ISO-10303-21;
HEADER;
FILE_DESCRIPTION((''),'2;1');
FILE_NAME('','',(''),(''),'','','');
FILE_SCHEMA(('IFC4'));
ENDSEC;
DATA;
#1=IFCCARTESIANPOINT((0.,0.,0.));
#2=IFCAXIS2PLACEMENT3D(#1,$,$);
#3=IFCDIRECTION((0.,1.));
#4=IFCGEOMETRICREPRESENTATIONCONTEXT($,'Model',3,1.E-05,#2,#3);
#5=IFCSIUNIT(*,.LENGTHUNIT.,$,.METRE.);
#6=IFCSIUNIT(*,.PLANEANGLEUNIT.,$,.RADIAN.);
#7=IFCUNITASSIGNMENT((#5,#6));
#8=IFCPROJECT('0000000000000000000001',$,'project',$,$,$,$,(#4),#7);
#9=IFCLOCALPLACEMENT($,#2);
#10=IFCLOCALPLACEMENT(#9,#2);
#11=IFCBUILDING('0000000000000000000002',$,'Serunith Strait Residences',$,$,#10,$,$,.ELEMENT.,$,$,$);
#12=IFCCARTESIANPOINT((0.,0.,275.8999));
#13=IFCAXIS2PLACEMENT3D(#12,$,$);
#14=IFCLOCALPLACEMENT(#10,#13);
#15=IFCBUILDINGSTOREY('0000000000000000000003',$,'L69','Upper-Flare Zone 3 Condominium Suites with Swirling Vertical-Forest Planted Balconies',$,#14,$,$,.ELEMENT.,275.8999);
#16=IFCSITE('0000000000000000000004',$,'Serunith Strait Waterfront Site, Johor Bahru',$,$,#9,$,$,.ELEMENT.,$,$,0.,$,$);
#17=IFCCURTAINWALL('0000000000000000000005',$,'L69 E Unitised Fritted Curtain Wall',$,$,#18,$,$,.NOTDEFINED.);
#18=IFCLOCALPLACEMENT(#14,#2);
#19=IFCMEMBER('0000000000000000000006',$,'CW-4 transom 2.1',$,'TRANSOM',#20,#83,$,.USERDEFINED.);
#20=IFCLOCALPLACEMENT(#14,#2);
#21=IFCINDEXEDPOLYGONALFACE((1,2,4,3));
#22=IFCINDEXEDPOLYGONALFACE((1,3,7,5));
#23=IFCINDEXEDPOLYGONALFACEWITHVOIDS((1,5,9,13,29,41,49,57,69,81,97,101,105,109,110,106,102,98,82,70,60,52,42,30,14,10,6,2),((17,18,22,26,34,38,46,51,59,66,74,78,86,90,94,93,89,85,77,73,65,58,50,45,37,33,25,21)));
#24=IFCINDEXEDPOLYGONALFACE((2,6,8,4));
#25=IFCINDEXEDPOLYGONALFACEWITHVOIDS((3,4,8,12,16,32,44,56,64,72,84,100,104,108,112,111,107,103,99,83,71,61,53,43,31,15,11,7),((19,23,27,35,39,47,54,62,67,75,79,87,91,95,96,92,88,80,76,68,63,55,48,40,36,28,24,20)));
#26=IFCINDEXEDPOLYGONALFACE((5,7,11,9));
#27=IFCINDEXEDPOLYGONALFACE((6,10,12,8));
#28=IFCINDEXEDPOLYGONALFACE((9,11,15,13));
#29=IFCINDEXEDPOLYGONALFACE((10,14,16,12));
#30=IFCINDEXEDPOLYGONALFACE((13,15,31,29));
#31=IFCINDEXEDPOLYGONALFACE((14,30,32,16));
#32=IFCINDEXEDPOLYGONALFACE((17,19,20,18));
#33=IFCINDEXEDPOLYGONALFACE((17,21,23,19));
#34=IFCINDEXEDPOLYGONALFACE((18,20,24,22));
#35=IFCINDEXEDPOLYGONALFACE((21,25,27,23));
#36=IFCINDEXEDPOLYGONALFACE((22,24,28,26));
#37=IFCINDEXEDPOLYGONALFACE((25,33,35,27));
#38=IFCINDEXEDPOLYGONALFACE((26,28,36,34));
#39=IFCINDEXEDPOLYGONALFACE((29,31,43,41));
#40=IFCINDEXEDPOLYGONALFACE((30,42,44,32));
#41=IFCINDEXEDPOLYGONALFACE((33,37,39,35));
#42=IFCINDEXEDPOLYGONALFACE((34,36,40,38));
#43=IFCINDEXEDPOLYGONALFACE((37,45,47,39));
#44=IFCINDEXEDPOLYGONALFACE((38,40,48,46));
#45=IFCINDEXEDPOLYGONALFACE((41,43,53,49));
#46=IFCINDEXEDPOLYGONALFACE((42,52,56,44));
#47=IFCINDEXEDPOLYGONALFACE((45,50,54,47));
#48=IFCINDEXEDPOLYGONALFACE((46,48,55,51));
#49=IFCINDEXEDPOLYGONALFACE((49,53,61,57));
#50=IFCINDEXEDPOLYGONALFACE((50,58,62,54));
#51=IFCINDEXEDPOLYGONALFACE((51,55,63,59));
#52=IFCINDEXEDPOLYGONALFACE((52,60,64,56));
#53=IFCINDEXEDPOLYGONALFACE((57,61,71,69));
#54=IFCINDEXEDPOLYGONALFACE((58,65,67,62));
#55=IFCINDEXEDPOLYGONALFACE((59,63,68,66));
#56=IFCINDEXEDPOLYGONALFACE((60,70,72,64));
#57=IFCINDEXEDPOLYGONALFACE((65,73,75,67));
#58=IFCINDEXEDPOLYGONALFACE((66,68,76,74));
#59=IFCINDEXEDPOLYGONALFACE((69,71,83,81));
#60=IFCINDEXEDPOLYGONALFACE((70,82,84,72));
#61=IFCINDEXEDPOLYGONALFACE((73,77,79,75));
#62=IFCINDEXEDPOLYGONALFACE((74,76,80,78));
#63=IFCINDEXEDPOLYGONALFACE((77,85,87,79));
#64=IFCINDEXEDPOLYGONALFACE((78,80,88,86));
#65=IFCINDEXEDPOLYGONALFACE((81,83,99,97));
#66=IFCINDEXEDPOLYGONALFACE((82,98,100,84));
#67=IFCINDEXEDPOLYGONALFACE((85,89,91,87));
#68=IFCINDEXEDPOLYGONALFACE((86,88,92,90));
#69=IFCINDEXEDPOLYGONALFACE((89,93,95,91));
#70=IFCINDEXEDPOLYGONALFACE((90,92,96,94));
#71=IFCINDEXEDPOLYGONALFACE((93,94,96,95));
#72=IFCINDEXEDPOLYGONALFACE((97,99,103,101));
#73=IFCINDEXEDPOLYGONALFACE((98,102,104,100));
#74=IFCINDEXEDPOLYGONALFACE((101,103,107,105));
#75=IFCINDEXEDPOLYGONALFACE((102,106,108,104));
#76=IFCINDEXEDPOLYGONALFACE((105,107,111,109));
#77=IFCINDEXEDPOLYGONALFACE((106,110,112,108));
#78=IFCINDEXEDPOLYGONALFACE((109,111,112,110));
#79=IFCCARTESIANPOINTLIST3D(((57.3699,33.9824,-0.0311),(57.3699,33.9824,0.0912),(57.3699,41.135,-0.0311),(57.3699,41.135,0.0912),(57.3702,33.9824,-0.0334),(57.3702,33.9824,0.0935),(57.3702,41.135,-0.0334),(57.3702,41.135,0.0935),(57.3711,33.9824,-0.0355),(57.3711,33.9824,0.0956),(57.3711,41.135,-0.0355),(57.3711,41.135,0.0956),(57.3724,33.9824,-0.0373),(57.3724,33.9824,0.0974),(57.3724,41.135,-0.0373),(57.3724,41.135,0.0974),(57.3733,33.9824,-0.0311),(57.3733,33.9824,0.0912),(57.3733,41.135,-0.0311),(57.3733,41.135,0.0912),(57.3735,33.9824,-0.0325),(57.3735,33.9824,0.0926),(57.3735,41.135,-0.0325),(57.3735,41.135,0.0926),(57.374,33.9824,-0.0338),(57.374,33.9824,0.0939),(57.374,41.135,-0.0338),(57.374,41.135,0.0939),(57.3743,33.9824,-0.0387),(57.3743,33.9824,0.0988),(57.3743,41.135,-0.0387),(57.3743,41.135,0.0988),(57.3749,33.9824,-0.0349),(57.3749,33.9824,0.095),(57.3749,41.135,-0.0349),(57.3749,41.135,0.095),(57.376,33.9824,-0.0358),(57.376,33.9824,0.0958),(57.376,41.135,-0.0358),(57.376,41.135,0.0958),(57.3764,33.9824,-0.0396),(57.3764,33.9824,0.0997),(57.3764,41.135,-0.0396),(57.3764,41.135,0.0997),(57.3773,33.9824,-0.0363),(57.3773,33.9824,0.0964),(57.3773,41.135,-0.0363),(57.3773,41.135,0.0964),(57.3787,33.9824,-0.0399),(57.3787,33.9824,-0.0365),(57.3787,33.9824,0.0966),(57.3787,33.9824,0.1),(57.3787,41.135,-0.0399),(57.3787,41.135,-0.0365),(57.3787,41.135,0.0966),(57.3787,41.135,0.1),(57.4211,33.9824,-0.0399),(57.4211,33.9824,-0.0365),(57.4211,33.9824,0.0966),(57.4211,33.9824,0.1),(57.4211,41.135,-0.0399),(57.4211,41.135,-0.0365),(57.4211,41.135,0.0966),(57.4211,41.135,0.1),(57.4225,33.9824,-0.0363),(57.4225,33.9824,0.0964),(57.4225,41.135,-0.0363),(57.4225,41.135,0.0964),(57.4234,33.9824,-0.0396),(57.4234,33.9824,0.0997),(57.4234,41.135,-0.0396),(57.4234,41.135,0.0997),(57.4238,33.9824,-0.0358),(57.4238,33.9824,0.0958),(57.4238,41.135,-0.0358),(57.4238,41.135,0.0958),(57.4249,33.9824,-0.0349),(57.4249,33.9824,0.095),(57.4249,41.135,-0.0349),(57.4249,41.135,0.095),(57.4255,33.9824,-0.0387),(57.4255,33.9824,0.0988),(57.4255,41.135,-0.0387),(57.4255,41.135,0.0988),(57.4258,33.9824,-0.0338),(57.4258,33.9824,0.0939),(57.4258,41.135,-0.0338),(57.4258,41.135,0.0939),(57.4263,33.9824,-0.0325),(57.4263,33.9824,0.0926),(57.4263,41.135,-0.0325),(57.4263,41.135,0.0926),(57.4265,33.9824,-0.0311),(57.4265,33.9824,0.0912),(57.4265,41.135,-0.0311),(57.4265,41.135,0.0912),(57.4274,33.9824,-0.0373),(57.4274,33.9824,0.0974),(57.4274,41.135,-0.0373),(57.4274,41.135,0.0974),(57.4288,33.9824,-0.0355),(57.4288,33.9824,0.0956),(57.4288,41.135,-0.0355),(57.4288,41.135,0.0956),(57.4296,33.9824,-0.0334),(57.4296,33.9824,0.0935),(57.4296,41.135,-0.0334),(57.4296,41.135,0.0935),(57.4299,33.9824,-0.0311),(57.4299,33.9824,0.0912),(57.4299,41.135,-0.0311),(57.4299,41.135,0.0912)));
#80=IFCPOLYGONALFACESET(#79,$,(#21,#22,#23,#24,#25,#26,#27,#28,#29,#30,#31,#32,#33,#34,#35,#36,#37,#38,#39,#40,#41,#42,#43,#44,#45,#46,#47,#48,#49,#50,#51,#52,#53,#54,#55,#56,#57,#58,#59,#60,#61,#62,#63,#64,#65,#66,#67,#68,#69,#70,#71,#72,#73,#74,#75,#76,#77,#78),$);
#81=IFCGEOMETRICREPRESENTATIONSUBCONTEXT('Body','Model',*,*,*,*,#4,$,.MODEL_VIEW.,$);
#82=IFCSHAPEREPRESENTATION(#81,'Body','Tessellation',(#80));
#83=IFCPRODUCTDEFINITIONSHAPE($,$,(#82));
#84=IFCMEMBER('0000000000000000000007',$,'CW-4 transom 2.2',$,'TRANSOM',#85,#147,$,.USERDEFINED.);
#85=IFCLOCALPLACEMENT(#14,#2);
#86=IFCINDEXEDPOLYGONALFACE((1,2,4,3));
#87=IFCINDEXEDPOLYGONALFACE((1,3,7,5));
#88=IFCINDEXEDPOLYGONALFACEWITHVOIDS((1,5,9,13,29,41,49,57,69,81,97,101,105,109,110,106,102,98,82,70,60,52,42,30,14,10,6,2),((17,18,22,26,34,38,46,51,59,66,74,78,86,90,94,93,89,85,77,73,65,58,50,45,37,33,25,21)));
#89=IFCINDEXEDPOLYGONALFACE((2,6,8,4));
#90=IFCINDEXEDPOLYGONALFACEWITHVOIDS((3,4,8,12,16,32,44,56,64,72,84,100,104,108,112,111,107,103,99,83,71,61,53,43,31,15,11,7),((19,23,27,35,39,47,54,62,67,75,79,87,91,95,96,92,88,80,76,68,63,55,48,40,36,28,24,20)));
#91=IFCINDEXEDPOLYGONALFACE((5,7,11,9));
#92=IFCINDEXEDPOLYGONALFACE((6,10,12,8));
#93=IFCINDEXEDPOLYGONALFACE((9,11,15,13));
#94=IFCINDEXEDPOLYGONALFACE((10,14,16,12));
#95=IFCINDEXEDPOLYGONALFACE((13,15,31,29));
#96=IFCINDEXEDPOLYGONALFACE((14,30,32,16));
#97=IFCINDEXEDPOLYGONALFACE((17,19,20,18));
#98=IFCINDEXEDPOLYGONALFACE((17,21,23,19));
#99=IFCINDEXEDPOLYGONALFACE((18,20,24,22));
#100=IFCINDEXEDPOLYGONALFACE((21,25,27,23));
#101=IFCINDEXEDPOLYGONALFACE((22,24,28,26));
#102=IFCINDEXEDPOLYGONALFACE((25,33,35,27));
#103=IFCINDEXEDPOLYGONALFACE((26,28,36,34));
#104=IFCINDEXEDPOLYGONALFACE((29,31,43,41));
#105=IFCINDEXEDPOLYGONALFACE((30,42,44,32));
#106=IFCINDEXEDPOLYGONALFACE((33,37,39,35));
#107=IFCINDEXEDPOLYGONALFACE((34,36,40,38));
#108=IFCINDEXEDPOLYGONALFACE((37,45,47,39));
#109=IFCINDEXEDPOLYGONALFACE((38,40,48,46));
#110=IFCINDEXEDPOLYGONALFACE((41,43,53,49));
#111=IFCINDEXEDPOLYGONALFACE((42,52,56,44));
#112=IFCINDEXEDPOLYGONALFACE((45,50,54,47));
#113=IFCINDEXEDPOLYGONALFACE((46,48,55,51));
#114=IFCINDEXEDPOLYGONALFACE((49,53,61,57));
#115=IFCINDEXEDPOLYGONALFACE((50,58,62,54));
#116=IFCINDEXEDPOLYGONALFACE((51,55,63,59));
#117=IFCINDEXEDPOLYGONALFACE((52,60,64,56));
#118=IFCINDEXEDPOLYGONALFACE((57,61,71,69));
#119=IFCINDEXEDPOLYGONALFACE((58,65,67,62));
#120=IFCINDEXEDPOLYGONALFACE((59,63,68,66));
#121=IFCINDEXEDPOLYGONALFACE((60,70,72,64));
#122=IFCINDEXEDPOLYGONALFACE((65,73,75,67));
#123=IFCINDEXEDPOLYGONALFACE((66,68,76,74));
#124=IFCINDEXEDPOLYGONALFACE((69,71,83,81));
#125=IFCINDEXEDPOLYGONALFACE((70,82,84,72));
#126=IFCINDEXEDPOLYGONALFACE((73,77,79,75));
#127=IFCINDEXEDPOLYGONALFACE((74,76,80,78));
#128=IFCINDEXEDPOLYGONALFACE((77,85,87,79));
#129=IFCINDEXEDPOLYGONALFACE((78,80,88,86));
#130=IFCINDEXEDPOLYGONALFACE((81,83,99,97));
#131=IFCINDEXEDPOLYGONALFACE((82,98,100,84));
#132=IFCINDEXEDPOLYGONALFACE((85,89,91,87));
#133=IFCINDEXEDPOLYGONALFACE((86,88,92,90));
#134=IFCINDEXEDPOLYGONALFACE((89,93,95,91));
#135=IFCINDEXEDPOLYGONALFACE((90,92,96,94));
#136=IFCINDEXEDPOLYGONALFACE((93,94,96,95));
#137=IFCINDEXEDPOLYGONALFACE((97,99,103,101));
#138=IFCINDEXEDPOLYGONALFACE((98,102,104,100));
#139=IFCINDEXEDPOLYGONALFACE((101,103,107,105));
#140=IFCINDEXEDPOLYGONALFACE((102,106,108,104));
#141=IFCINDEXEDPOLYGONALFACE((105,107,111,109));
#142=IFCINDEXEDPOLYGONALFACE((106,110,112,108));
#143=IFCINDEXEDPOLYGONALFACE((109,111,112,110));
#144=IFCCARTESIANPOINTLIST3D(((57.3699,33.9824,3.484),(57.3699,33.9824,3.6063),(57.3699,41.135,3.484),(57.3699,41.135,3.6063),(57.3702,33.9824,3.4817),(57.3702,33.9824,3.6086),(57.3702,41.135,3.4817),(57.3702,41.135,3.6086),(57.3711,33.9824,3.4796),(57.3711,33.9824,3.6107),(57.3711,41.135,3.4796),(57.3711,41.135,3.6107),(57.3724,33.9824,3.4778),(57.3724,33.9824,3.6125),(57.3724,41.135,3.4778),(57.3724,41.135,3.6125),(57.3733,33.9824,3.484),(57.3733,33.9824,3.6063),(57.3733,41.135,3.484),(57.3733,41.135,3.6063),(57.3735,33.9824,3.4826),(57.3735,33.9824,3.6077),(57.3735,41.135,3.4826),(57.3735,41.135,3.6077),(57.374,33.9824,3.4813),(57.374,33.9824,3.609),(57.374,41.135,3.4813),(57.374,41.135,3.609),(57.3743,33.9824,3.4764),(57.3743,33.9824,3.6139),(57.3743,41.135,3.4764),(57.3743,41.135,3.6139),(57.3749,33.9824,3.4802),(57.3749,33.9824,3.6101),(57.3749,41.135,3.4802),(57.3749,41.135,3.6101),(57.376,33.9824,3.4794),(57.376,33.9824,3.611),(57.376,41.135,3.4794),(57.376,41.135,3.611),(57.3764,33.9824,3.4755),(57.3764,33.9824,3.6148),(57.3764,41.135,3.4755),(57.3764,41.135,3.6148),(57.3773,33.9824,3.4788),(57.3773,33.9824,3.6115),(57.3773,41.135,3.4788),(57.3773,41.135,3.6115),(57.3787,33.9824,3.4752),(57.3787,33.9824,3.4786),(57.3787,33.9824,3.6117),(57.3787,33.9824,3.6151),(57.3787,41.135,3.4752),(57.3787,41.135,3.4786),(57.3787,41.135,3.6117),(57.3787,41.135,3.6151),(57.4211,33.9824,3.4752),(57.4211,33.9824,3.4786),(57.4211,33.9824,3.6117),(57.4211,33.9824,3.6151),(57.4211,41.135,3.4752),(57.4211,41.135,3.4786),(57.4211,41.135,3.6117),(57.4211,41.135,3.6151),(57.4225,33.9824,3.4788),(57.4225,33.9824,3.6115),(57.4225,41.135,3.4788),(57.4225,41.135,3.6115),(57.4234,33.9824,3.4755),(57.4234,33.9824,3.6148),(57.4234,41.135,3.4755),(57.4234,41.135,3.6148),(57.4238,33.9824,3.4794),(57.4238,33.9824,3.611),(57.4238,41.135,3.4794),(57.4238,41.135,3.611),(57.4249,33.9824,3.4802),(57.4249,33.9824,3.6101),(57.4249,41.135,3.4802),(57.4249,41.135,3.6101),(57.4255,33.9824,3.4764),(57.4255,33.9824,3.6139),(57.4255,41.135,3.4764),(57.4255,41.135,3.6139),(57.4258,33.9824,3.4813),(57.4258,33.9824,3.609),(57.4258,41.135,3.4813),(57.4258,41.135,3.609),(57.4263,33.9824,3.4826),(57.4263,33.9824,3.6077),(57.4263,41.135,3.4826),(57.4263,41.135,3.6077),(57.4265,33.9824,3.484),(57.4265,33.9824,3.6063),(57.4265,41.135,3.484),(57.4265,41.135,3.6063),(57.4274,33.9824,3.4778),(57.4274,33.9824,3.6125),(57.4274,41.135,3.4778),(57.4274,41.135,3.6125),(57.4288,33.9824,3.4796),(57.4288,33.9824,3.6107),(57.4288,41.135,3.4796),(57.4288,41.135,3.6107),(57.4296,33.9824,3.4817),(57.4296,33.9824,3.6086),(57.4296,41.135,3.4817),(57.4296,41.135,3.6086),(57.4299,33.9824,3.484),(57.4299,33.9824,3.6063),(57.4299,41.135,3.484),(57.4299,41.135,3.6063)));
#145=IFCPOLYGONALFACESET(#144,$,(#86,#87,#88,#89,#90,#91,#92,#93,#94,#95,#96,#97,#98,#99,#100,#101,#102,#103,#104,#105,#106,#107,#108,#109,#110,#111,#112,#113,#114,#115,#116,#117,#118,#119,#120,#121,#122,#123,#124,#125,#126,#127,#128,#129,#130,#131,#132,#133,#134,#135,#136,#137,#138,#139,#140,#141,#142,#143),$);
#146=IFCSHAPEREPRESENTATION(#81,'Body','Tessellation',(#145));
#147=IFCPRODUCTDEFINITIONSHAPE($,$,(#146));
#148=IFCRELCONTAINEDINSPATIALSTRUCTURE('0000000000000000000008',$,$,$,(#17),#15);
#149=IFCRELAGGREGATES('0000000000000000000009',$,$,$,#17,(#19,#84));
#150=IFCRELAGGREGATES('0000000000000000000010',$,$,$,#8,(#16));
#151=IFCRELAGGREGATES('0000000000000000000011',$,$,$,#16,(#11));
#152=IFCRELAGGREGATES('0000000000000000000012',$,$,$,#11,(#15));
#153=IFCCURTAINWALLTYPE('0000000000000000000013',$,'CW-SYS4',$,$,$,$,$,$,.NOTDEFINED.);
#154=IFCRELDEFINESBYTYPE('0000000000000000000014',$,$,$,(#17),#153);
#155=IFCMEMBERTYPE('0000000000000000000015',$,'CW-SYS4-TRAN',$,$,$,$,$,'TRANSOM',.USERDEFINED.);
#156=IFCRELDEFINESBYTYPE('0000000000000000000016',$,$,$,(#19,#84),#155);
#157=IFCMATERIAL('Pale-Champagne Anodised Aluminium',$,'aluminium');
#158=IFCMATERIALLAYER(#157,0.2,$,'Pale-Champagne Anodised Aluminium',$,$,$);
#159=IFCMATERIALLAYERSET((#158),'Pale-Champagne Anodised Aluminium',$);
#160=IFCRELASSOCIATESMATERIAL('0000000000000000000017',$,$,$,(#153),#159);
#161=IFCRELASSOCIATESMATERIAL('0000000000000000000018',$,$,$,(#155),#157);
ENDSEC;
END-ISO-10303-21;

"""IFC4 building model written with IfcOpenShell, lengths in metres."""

from ifc_helpers import new_model, si_unit, direction, frame, origin, origin_2d, place, context, subcontext, project, spatial, hollow_rectangle, extrude, source, transform, mapped, material, layer, layer_set, material_profile, profile_set, type_object, element, aggregate, save


model = new_model("IFC4")

# Units and contexts
model_context = context("Model", 3, precision=1e-05, world=origin(), true_north=direction((0.0, 1.0)))
body_context = subcontext(model_context, "Body", "Model", "MODEL_VIEW")
ifc_project = project(units=[si_unit("LENGTHUNIT", "METRE"), si_unit("PLANEANGLEUNIT", "RADIAN")], contexts=[model_context])

# Site, building, storey
site_placement = place(None, origin())
site = spatial("IfcSite", under=ifc_project, at=site_placement, Name="Serunith Strait Waterfront Site, Johor Bahru", CompositionType="ELEMENT", RefElevation=0.0)
building_placement = place(site_placement, origin())
building = spatial("IfcBuilding", under=site, at=building_placement, Name="Serunith Strait Residences", CompositionType="ELEMENT")
storey_placement = place(building_placement, frame((0.0, 0.0, 275.8999)))
storey = spatial("IfcBuildingStorey", under=building, at=storey_placement, Name="L69", Description="Upper-Flare Zone 3 Condominium Suites with Swirling Vertical-Forest Planted Balconies", CompositionType="ELEMENT", Elevation=275.8999)

# Curtain wall, members
ifc_material_1 = material(Name="Pale-Champagne Anodised Aluminium", Category="aluminium")
ifc_layer_1 = layer(ifc_material_1, 0.2, Name="Pale-Champagne Anodised Aluminium")
ifc_layer_set_1 = layer_set([ifc_layer_1], Name="Pale-Champagne Anodised Aluminium")
curtain_wall_type = type_object("IfcCurtainWallType", Name="CW-SYS4", PredefinedType="NOTDEFINED", material=ifc_layer_set_1)
curtain_wall_1_placement = place(storey_placement, origin())
curtain_wall_1 = element("IfcCurtainWall", 1, at=curtain_wall_1_placement, inside=storey, type_object=curtain_wall_type, Name="L69 E Unitised Fritted Curtain Wall", PredefinedType="NOTDEFINED")
ifc_material_profile_1 = material_profile(ifc_material_1, hollow_rectangle(XDim=0.0601, YDim=0.1399, WallThickness=0.0034, InnerFilletRadius=0.0054, OuterFilletRadius=0.0088, at=origin_2d()), Name="ALU 140x60x3.5")
ifc_profile_set_1 = profile_set([ifc_material_profile_1], Name="Pale-Champagne Anodised Aluminium")
member_type_1 = type_object("IfcMemberType", Name="CW-SYS4-TRAN", ElementType="TRANSOM", PredefinedType="USERDEFINED", material=ifc_profile_set_1)
shared_shape_1 = source(origin(), body_context, "Body", "SweptSolid", [
    extrude(hollow_rectangle(XDim=0.0601, YDim=0.1399, WallThickness=0.0034, InnerFilletRadius=0.0054, OuterFilletRadius=0.0088, at=origin_2d()), origin(), (0.0, 0.0, 1.0), 7.1526),
])
member_1_placement = place(storey_placement, frame((57.3999, 33.9824, 0.03), z_axis=(0.0, 1.0, 0.0), x_axis=(-1.0, 0.0, 0.0)))
member_1 = element("IfcMember", 2, at=member_1_placement, type_object=member_type_1, Name="CW-4 transom 2.1", ObjectType="TRANSOM", PredefinedType="USERDEFINED", context=body_context, shape_type="MappedRepresentation", body=[
    mapped(shared_shape_1, transform((0.0, 0.0, 0.0), scale=1.0)),
])
member_2_placement = place(storey_placement, frame((57.3999, 33.9824, 3.5452), z_axis=(0.0, 1.0, 0.0), x_axis=(-1.0, 0.0, 0.0)))
member_2 = element("IfcMember", 3, at=member_2_placement, type_object=member_type_1, Name="CW-4 transom 2.2", ObjectType="TRANSOM", PredefinedType="USERDEFINED", context=body_context, shape_type="MappedRepresentation", body=[
    mapped(shared_shape_1, transform((0.0, 0.0, 0.0), scale=1.0)),
])

aggregate(curtain_wall_1, [member_1, member_2])

save(model, "model.ifc")
